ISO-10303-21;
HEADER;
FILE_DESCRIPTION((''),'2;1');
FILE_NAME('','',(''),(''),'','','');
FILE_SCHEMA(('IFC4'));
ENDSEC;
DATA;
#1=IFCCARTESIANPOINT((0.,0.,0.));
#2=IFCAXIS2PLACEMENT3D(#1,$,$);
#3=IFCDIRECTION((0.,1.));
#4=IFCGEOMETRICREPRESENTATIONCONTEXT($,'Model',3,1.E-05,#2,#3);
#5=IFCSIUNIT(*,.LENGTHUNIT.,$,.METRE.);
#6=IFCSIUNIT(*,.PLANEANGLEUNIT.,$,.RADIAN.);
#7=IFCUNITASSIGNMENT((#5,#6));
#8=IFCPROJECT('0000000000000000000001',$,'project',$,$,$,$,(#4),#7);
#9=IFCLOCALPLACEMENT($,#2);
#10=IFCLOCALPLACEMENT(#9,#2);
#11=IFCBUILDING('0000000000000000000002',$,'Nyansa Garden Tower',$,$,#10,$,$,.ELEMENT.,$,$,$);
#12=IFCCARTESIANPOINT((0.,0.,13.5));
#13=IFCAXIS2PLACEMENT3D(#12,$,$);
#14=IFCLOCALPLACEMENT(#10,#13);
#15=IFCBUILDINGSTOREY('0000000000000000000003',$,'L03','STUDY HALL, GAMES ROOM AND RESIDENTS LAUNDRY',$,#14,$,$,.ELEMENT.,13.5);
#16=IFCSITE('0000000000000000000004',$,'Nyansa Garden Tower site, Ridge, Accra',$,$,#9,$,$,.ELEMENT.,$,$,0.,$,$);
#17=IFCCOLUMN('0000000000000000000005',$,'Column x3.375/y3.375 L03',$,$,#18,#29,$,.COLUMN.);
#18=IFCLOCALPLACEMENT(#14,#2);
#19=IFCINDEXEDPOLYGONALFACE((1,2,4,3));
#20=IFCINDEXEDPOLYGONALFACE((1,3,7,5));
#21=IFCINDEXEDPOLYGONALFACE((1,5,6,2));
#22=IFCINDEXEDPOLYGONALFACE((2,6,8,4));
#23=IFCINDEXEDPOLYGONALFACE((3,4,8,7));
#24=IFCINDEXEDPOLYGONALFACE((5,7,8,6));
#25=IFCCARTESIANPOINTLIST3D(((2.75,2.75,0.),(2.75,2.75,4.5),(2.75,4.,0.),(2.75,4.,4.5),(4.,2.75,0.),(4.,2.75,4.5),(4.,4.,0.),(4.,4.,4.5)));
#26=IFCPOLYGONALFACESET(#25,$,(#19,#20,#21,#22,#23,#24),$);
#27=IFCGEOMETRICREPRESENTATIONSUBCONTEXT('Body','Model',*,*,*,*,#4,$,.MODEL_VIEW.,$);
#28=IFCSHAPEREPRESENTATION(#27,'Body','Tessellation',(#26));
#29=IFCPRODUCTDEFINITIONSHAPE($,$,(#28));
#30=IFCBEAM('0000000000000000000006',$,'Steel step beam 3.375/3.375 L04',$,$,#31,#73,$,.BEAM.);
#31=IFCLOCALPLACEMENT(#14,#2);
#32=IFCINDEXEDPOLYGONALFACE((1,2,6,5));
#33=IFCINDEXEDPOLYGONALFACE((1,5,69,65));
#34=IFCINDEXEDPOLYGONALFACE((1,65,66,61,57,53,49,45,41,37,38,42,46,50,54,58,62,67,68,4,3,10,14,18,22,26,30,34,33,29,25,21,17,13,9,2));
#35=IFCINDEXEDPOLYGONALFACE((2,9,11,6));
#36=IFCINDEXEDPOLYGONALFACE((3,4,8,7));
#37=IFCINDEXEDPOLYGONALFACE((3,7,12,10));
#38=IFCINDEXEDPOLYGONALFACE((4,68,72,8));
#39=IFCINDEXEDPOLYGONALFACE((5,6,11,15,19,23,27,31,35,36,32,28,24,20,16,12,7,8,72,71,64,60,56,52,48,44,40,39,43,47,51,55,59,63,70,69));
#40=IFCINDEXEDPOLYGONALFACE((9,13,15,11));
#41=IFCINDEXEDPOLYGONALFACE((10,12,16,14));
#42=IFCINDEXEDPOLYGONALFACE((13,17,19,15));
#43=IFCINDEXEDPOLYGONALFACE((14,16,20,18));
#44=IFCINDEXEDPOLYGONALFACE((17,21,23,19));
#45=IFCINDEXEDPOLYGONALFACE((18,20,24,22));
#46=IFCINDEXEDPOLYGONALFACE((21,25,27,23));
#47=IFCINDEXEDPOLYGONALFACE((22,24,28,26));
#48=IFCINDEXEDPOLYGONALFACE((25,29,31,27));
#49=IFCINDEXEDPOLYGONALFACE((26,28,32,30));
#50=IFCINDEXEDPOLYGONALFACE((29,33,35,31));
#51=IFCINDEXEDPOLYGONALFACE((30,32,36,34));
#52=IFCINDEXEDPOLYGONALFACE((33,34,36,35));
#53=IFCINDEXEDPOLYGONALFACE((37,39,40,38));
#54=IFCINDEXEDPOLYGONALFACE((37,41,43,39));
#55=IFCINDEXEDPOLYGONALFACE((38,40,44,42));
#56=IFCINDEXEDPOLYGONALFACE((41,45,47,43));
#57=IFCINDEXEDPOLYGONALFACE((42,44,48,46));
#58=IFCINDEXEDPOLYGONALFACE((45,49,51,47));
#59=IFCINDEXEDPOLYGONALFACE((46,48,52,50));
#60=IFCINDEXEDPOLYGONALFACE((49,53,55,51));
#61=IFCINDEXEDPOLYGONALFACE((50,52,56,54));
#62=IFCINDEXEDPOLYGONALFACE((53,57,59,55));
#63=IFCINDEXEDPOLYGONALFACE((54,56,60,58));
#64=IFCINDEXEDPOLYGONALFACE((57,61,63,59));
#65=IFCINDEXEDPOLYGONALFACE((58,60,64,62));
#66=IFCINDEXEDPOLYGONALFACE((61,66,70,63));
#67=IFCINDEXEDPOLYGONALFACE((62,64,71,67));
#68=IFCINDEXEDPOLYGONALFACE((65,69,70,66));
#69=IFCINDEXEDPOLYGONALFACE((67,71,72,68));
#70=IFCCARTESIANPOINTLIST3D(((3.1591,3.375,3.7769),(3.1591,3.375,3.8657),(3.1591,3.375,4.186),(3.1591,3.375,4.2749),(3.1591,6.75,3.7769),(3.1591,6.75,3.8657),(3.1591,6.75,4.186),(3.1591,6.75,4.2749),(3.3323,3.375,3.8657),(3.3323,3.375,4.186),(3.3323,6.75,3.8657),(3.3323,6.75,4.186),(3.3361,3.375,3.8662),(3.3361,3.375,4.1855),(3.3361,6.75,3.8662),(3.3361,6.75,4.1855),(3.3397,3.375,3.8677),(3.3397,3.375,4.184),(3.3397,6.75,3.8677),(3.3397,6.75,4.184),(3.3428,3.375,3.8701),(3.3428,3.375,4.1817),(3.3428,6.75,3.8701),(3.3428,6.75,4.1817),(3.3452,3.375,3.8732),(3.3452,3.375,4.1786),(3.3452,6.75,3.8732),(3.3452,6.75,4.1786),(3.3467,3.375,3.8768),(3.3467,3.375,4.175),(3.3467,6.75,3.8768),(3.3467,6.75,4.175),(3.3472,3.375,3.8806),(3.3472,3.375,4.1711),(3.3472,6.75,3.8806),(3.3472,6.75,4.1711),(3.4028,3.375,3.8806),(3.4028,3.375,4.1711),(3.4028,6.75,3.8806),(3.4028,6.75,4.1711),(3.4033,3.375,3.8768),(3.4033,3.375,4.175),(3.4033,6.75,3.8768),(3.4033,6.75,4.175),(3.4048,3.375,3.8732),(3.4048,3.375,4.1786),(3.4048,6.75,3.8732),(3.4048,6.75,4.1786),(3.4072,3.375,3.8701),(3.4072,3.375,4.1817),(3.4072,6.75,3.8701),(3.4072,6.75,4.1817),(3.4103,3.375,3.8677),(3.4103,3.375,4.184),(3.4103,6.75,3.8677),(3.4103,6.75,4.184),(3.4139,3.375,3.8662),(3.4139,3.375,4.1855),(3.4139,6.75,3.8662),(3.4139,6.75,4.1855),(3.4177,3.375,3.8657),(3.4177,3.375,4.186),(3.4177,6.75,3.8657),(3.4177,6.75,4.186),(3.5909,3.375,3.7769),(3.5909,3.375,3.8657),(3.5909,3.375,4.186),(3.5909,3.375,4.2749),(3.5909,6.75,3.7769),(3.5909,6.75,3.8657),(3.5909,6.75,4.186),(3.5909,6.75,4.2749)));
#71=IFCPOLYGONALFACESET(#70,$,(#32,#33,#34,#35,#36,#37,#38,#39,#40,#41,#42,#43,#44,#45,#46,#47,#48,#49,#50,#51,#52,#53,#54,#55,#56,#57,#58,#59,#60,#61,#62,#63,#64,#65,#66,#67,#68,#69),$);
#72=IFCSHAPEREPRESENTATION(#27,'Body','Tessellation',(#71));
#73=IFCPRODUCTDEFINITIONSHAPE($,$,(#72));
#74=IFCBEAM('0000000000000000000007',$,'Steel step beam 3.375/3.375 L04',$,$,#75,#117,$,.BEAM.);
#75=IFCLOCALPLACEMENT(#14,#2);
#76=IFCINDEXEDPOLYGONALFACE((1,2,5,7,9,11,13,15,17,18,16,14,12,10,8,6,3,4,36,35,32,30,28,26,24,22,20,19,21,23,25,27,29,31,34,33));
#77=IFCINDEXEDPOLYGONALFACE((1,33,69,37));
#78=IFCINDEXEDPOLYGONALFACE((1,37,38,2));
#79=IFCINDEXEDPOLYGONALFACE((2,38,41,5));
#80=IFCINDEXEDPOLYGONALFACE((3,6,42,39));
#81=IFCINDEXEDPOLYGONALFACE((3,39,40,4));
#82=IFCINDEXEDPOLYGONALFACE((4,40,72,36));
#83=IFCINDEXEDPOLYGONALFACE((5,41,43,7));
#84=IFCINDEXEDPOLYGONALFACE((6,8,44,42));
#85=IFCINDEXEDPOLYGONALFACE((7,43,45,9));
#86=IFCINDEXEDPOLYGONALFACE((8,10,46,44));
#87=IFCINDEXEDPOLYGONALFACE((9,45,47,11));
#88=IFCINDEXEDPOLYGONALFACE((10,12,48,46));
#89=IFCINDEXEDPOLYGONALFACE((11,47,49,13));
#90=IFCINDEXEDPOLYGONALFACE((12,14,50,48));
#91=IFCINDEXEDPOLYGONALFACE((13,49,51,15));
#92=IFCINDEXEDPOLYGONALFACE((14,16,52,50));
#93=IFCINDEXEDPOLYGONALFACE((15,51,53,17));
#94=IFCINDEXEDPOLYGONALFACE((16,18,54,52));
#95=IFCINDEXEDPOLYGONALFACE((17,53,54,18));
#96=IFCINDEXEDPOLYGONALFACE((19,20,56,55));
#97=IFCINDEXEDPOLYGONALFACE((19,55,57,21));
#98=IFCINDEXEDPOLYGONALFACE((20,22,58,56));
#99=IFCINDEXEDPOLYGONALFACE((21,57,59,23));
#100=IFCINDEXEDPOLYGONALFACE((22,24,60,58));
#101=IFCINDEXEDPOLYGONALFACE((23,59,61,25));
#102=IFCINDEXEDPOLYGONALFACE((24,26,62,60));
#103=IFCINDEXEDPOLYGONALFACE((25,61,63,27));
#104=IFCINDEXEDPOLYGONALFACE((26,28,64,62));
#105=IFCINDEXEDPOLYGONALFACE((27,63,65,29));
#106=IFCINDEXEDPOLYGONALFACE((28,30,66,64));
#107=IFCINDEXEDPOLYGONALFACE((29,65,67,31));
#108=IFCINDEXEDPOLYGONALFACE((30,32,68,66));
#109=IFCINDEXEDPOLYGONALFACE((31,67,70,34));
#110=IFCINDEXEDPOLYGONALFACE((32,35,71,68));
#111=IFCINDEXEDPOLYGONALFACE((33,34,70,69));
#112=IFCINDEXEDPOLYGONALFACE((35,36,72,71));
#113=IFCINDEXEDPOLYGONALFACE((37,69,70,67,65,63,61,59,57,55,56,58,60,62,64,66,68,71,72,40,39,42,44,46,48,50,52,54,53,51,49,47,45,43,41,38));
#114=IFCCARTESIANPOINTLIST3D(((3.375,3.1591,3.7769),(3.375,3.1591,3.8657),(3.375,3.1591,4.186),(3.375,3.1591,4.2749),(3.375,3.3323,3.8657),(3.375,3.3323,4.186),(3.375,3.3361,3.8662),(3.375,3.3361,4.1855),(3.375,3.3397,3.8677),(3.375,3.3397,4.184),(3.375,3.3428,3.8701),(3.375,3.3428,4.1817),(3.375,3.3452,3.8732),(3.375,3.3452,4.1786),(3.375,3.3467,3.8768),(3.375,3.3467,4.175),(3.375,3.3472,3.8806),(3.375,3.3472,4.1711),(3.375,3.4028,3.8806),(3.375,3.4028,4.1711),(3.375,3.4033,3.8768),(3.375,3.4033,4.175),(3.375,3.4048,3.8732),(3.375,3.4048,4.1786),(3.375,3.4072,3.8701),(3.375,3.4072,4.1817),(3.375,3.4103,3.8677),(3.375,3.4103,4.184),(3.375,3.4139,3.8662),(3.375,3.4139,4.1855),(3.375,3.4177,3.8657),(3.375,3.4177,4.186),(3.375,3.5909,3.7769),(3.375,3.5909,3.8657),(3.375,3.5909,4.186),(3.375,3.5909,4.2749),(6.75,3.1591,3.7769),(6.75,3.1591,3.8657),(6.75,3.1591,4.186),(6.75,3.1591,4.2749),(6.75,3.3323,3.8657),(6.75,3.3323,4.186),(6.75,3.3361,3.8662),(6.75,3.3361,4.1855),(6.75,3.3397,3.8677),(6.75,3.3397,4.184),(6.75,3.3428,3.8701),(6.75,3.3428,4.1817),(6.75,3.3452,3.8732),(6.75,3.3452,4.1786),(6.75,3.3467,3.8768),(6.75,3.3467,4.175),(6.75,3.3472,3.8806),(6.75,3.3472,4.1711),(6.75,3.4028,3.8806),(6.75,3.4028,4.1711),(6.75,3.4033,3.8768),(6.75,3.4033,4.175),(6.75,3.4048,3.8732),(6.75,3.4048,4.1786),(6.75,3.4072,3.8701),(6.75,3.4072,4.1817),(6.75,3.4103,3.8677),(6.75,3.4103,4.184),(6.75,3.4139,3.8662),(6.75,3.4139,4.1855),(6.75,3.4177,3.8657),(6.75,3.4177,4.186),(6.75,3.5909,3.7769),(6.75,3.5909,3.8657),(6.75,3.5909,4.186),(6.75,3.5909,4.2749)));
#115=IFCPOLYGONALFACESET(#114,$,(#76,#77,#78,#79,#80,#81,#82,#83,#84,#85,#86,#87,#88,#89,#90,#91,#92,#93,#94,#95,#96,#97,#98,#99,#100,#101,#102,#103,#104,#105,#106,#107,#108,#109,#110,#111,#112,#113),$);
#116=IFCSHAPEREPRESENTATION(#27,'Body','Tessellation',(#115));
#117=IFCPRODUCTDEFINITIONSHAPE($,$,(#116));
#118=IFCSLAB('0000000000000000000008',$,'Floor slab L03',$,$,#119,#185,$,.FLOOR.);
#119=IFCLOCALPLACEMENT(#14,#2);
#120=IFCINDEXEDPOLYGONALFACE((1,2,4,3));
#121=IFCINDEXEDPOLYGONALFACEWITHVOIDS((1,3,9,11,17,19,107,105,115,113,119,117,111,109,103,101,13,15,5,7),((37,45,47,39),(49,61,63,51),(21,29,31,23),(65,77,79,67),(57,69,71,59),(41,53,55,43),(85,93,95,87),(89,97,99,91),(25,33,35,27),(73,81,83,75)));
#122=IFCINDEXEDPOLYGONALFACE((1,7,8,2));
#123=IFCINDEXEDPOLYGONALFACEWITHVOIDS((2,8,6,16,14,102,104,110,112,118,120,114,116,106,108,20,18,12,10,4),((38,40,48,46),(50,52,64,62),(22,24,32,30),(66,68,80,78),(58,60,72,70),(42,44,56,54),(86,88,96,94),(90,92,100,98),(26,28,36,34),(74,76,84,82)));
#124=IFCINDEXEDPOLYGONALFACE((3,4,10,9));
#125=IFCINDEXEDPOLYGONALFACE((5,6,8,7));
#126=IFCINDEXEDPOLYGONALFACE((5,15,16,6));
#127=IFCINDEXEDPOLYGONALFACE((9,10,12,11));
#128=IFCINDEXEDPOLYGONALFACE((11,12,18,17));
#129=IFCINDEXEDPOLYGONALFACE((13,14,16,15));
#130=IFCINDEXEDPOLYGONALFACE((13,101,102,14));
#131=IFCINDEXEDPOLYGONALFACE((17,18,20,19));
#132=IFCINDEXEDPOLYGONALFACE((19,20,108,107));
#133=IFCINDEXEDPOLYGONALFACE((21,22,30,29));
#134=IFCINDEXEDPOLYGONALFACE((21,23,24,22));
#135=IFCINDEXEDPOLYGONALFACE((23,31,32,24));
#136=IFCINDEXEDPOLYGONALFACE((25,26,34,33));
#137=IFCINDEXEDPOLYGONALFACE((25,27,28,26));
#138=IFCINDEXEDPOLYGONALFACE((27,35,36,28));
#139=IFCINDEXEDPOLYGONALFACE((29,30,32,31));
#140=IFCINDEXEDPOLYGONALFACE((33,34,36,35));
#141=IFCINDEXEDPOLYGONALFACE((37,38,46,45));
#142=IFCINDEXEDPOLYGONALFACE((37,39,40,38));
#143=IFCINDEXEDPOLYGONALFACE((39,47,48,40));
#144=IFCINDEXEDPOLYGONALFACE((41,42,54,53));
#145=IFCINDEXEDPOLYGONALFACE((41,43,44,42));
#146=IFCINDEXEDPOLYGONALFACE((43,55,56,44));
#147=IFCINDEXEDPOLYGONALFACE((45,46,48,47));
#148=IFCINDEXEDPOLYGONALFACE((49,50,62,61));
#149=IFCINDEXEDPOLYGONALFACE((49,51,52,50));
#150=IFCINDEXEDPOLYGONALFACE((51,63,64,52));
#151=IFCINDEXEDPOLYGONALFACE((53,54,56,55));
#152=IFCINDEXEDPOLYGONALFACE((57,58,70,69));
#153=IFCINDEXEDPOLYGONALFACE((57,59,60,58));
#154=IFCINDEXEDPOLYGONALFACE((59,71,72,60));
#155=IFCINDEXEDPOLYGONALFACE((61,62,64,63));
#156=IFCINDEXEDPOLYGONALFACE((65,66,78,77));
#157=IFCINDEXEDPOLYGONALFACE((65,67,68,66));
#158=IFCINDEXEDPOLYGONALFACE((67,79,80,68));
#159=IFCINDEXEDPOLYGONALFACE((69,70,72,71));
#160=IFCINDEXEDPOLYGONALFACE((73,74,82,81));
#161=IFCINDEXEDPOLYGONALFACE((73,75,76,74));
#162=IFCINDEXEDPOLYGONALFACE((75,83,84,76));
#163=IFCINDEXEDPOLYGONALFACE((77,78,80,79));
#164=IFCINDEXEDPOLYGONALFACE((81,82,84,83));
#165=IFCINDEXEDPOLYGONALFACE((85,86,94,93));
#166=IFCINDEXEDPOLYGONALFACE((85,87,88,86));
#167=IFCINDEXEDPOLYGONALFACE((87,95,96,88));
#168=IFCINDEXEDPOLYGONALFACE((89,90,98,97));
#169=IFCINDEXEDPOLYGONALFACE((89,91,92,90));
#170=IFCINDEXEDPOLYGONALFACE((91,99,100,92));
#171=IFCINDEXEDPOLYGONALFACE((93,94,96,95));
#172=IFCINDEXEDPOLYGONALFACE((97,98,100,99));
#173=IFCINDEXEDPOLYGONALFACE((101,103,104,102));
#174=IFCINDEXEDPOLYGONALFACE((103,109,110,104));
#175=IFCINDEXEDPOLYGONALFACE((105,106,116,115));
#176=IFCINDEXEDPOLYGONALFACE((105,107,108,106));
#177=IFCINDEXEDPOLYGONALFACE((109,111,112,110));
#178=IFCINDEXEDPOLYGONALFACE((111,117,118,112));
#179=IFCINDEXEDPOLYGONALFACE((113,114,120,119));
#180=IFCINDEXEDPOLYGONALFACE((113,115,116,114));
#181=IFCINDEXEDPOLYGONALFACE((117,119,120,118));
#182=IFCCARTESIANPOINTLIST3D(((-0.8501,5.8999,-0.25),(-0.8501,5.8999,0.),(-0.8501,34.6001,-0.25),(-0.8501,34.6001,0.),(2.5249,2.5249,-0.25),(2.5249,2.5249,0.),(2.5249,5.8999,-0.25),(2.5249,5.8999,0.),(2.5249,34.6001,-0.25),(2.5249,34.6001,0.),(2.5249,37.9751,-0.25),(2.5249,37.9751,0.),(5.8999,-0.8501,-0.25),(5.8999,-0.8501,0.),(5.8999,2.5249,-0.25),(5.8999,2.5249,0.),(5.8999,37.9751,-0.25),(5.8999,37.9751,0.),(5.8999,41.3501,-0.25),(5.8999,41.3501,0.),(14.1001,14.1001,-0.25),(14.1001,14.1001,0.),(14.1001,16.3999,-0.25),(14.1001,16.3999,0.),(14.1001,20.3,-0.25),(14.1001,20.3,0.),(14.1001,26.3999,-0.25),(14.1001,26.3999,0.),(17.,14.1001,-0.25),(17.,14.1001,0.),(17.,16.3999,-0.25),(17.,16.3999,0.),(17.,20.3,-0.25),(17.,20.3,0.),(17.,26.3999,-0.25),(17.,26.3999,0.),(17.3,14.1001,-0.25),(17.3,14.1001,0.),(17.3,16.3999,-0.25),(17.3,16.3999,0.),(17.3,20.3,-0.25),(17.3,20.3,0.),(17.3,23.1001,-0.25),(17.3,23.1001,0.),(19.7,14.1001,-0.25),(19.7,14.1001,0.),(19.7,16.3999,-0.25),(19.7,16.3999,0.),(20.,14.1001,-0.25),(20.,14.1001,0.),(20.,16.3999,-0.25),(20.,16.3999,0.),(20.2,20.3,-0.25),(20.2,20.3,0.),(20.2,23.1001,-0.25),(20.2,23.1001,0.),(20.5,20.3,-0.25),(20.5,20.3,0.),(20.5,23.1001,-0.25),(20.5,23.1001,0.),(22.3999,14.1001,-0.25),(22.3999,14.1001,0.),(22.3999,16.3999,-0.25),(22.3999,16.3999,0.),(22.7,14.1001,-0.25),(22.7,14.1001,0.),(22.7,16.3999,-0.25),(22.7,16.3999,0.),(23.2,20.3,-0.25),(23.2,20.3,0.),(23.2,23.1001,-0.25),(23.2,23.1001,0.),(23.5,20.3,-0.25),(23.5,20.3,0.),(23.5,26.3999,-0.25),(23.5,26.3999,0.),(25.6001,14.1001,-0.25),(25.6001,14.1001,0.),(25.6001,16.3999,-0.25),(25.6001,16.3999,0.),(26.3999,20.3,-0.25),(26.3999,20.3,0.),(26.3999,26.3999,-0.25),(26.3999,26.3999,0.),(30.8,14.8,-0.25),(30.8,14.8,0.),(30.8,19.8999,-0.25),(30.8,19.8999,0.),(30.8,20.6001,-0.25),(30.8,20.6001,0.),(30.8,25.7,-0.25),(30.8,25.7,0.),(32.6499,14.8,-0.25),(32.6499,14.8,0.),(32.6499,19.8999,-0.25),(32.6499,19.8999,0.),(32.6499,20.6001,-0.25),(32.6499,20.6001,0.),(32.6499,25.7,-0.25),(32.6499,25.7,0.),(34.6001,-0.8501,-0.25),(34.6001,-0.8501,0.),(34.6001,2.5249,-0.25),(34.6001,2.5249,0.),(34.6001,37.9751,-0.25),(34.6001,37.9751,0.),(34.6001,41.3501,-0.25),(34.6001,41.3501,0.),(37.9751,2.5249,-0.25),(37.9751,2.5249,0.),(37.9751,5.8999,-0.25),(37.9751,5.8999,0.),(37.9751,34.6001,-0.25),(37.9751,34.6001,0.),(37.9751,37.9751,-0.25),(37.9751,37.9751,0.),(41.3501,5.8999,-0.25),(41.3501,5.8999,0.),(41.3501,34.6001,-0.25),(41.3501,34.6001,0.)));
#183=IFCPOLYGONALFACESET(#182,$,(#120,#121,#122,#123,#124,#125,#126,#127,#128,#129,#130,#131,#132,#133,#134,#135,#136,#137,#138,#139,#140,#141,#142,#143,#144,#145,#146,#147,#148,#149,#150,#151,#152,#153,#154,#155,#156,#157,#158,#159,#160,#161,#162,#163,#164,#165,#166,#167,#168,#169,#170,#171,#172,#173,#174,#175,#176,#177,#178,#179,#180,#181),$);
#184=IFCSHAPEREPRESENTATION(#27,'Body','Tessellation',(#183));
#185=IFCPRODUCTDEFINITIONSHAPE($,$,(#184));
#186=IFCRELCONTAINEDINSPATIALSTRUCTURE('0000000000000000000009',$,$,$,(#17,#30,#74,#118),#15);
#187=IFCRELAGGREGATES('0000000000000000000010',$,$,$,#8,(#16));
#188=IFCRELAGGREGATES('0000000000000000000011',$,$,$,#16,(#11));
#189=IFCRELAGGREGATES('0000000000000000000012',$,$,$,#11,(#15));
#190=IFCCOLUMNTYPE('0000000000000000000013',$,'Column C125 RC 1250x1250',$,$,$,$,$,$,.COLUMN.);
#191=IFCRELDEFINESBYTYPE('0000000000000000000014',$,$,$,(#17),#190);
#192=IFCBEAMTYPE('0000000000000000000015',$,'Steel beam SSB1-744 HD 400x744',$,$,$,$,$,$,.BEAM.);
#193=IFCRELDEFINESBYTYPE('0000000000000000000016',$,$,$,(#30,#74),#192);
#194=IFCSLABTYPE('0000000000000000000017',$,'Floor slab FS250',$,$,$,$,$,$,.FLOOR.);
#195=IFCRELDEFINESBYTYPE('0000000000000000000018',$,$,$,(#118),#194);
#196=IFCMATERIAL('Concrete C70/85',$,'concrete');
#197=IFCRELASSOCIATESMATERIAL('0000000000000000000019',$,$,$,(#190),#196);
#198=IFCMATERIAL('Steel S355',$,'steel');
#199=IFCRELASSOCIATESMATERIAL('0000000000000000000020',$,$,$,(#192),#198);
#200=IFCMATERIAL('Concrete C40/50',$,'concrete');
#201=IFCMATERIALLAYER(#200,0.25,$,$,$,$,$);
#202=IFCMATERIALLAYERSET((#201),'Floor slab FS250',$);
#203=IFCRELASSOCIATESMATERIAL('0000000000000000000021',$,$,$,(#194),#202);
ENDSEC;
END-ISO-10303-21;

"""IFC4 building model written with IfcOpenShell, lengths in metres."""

from ifc_helpers import new_model, si_unit, direction, frame, origin, origin_2d, place, context, subcontext, project, spatial, polyline, rectangle, i_section, outline, extrude, material, layer, layer_set, material_profile, profile_set, type_object, element, save


model = new_model("IFC4")

# Units and contexts
model_context = context("Model", 3, precision=1e-05, world=origin(), true_north=direction((0.0, 1.0)))
body_context = subcontext(model_context, "Body", "Model", "MODEL_VIEW")
ifc_project = project(units=[si_unit("LENGTHUNIT", "METRE"), si_unit("PLANEANGLEUNIT", "RADIAN")], contexts=[model_context])

# Site, building, storey
site_placement = place(None, origin())
site = spatial("IfcSite", under=ifc_project, at=site_placement, Name="Nyansa Garden Tower site, Ridge, Accra", CompositionType="ELEMENT", RefElevation=0.0)
building_placement = place(site_placement, origin())
building = spatial("IfcBuilding", under=site, at=building_placement, Name="Nyansa Garden Tower", CompositionType="ELEMENT")
storey_placement = place(building_placement, frame((0.0, 0.0, 13.5)))
storey = spatial("IfcBuildingStorey", under=building, at=storey_placement, Name="L03", Description="STUDY HALL, GAMES ROOM AND RESIDENTS LAUNDRY", CompositionType="ELEMENT", Elevation=13.5)

# Column
ifc_material_1 = material(Name="Concrete C70/85", Category="concrete")
ifc_material_profile_1 = material_profile(ifc_material_1, rectangle(XDim=1.25, YDim=1.25, at=origin_2d()), Name="RC 1250x1250")
ifc_profile_set_1 = profile_set([ifc_material_profile_1], Name="Concrete C70/85")
column_type = type_object("IfcColumnType", Name="Column C125 RC 1250x1250", PredefinedType="COLUMN", material=ifc_profile_set_1)
column_placement = place(storey_placement, frame((3.375, 3.375, 0.0), z_axis=(0.0, 0.0, 1.0), x_axis=(1.0, 0.0, 0.0)))
element("IfcColumn", 1, at=column_placement, inside=storey, type_object=column_type, Name="Column x3.375/y3.375 L03", PredefinedType="COLUMN", context=body_context, shape_type="SweptSolid", body=[
    extrude(rectangle(XDim=1.25, YDim=1.25, at=origin_2d()), origin(), (0.0, 0.0, 1.0), 4.5),
])

# Beams
ifc_material_2 = material(Name="Steel S355", Category="steel")
ifc_material_profile_2 = material_profile(ifc_material_2, i_section(OverallWidth=0.4319, OverallDepth=0.498, WebThickness=0.0557, FlangeThickness=0.0889, FilletRadius=0.0149, at=origin_2d()), Name="HD 400x744")
ifc_profile_set_2 = profile_set([ifc_material_profile_2], Name="Steel S355")
beam_type = type_object("IfcBeamType", Name="Steel beam SSB1-744 HD 400x744", PredefinedType="BEAM", material=ifc_profile_set_2)
for number, where, z_axis, x_axis, name in (
    (2, (3.375, 3.375, 4.0259), (0.0, 1.0, 0.0), (-1.0, 0.0, 0.0), "Steel step beam 3.375/3.375 L04"),
    (3, (3.375, 3.375, 4.0259), (1.0, 0.0, 0.0), (0.0, 1.0, 0.0), "Steel step beam 3.375/3.375 L04"),
):
    element("IfcBeam", number, at=place(storey_placement, frame(where, z_axis=z_axis, x_axis=x_axis)), inside=storey, type_object=beam_type, Name=name, PredefinedType="BEAM", context=body_context, shape_type="SweptSolid", body=[
        extrude(i_section(OverallWidth=0.4319, OverallDepth=0.498, WebThickness=0.0557, FlangeThickness=0.0889, FilletRadius=0.0149, at=origin_2d()), origin(), (0.0, 0.0, 1.0), 3.375),
    ])

# Slab
ifc_material_3 = material(Name="Concrete C40/50", Category="concrete")
ifc_layer_1 = layer(ifc_material_3, 0.25)
ifc_layer_set_1 = layer_set([ifc_layer_1], Name="Floor slab FS250")
slab_type_1 = type_object("IfcSlabType", Name="Floor slab FS250", PredefinedType="FLOOR", material=ifc_layer_set_1)
slab_1_placement = place(storey_placement, frame((0.0, 0.0, -0.25)))
element("IfcSlab", 4, at=slab_1_placement, inside=storey, type_object=slab_type_1, Name="Floor slab L03", PredefinedType="FLOOR", context=body_context, shape_type="SweptSolid", body=[
    extrude(outline(polyline([(41.3501, 5.8999), (37.9751, 5.8999), (37.9751, 2.5249), (34.6001, 2.5249), (34.6001, -0.8501), (5.8999, -0.8501), (5.8999, 2.5249), (2.5249, 2.5249), (2.5249, 5.8999), (-0.8501, 5.8999), (-0.8501, 34.6001), (2.5249, 34.6001), (2.5249, 37.9751), (5.8999, 37.9751), (5.8999, 41.3501), (34.6001, 41.3501), (34.6001, 37.9751), (37.9751, 37.9751), (37.9751, 34.6001), (41.3501, 34.6001), (41.3501, 5.8999)]), holes=[polyline([(14.1001, 14.1001), (17.0, 14.1001), (17.0, 16.3999), (14.1001, 16.3999), (14.1001, 14.1001)]), polyline([(17.3, 14.1001), (19.7, 14.1001), (19.7, 16.3999), (17.3, 16.3999), (17.3, 14.1001)]), polyline([(20.0, 14.1001), (22.3999, 14.1001), (22.3999, 16.3999), (20.0, 16.3999), (20.0, 14.1001)]), polyline([(22.7, 14.1001), (25.6001, 14.1001), (25.6001, 16.3999), (22.7, 16.3999), (22.7, 14.1001)]), polyline([(17.3, 20.3), (20.2, 20.3), (20.2, 23.1001), (17.3, 23.1001), (17.3, 20.3)]), polyline([(20.5, 20.3), (23.2, 20.3), (23.2, 23.1001), (20.5, 23.1001), (20.5, 20.3)]), polyline([(30.8, 14.8), (32.6499, 14.8), (32.6499, 19.8999), (30.8, 19.8999), (30.8, 14.8)]), polyline([(30.8, 20.6001), (32.6499, 20.6001), (32.6499, 25.7), (30.8, 25.7), (30.8, 20.6001)]), polyline([(14.1001, 20.3), (17.0, 20.3), (17.0, 26.3999), (14.1001, 26.3999), (14.1001, 20.3)]), polyline([(23.5, 20.3), (26.3999, 20.3), (26.3999, 26.3999), (23.5, 26.3999), (23.5, 20.3)])]), origin(), (0.0, 0.0, 1.0), 0.25),
])

save(model, "model.ifc")
